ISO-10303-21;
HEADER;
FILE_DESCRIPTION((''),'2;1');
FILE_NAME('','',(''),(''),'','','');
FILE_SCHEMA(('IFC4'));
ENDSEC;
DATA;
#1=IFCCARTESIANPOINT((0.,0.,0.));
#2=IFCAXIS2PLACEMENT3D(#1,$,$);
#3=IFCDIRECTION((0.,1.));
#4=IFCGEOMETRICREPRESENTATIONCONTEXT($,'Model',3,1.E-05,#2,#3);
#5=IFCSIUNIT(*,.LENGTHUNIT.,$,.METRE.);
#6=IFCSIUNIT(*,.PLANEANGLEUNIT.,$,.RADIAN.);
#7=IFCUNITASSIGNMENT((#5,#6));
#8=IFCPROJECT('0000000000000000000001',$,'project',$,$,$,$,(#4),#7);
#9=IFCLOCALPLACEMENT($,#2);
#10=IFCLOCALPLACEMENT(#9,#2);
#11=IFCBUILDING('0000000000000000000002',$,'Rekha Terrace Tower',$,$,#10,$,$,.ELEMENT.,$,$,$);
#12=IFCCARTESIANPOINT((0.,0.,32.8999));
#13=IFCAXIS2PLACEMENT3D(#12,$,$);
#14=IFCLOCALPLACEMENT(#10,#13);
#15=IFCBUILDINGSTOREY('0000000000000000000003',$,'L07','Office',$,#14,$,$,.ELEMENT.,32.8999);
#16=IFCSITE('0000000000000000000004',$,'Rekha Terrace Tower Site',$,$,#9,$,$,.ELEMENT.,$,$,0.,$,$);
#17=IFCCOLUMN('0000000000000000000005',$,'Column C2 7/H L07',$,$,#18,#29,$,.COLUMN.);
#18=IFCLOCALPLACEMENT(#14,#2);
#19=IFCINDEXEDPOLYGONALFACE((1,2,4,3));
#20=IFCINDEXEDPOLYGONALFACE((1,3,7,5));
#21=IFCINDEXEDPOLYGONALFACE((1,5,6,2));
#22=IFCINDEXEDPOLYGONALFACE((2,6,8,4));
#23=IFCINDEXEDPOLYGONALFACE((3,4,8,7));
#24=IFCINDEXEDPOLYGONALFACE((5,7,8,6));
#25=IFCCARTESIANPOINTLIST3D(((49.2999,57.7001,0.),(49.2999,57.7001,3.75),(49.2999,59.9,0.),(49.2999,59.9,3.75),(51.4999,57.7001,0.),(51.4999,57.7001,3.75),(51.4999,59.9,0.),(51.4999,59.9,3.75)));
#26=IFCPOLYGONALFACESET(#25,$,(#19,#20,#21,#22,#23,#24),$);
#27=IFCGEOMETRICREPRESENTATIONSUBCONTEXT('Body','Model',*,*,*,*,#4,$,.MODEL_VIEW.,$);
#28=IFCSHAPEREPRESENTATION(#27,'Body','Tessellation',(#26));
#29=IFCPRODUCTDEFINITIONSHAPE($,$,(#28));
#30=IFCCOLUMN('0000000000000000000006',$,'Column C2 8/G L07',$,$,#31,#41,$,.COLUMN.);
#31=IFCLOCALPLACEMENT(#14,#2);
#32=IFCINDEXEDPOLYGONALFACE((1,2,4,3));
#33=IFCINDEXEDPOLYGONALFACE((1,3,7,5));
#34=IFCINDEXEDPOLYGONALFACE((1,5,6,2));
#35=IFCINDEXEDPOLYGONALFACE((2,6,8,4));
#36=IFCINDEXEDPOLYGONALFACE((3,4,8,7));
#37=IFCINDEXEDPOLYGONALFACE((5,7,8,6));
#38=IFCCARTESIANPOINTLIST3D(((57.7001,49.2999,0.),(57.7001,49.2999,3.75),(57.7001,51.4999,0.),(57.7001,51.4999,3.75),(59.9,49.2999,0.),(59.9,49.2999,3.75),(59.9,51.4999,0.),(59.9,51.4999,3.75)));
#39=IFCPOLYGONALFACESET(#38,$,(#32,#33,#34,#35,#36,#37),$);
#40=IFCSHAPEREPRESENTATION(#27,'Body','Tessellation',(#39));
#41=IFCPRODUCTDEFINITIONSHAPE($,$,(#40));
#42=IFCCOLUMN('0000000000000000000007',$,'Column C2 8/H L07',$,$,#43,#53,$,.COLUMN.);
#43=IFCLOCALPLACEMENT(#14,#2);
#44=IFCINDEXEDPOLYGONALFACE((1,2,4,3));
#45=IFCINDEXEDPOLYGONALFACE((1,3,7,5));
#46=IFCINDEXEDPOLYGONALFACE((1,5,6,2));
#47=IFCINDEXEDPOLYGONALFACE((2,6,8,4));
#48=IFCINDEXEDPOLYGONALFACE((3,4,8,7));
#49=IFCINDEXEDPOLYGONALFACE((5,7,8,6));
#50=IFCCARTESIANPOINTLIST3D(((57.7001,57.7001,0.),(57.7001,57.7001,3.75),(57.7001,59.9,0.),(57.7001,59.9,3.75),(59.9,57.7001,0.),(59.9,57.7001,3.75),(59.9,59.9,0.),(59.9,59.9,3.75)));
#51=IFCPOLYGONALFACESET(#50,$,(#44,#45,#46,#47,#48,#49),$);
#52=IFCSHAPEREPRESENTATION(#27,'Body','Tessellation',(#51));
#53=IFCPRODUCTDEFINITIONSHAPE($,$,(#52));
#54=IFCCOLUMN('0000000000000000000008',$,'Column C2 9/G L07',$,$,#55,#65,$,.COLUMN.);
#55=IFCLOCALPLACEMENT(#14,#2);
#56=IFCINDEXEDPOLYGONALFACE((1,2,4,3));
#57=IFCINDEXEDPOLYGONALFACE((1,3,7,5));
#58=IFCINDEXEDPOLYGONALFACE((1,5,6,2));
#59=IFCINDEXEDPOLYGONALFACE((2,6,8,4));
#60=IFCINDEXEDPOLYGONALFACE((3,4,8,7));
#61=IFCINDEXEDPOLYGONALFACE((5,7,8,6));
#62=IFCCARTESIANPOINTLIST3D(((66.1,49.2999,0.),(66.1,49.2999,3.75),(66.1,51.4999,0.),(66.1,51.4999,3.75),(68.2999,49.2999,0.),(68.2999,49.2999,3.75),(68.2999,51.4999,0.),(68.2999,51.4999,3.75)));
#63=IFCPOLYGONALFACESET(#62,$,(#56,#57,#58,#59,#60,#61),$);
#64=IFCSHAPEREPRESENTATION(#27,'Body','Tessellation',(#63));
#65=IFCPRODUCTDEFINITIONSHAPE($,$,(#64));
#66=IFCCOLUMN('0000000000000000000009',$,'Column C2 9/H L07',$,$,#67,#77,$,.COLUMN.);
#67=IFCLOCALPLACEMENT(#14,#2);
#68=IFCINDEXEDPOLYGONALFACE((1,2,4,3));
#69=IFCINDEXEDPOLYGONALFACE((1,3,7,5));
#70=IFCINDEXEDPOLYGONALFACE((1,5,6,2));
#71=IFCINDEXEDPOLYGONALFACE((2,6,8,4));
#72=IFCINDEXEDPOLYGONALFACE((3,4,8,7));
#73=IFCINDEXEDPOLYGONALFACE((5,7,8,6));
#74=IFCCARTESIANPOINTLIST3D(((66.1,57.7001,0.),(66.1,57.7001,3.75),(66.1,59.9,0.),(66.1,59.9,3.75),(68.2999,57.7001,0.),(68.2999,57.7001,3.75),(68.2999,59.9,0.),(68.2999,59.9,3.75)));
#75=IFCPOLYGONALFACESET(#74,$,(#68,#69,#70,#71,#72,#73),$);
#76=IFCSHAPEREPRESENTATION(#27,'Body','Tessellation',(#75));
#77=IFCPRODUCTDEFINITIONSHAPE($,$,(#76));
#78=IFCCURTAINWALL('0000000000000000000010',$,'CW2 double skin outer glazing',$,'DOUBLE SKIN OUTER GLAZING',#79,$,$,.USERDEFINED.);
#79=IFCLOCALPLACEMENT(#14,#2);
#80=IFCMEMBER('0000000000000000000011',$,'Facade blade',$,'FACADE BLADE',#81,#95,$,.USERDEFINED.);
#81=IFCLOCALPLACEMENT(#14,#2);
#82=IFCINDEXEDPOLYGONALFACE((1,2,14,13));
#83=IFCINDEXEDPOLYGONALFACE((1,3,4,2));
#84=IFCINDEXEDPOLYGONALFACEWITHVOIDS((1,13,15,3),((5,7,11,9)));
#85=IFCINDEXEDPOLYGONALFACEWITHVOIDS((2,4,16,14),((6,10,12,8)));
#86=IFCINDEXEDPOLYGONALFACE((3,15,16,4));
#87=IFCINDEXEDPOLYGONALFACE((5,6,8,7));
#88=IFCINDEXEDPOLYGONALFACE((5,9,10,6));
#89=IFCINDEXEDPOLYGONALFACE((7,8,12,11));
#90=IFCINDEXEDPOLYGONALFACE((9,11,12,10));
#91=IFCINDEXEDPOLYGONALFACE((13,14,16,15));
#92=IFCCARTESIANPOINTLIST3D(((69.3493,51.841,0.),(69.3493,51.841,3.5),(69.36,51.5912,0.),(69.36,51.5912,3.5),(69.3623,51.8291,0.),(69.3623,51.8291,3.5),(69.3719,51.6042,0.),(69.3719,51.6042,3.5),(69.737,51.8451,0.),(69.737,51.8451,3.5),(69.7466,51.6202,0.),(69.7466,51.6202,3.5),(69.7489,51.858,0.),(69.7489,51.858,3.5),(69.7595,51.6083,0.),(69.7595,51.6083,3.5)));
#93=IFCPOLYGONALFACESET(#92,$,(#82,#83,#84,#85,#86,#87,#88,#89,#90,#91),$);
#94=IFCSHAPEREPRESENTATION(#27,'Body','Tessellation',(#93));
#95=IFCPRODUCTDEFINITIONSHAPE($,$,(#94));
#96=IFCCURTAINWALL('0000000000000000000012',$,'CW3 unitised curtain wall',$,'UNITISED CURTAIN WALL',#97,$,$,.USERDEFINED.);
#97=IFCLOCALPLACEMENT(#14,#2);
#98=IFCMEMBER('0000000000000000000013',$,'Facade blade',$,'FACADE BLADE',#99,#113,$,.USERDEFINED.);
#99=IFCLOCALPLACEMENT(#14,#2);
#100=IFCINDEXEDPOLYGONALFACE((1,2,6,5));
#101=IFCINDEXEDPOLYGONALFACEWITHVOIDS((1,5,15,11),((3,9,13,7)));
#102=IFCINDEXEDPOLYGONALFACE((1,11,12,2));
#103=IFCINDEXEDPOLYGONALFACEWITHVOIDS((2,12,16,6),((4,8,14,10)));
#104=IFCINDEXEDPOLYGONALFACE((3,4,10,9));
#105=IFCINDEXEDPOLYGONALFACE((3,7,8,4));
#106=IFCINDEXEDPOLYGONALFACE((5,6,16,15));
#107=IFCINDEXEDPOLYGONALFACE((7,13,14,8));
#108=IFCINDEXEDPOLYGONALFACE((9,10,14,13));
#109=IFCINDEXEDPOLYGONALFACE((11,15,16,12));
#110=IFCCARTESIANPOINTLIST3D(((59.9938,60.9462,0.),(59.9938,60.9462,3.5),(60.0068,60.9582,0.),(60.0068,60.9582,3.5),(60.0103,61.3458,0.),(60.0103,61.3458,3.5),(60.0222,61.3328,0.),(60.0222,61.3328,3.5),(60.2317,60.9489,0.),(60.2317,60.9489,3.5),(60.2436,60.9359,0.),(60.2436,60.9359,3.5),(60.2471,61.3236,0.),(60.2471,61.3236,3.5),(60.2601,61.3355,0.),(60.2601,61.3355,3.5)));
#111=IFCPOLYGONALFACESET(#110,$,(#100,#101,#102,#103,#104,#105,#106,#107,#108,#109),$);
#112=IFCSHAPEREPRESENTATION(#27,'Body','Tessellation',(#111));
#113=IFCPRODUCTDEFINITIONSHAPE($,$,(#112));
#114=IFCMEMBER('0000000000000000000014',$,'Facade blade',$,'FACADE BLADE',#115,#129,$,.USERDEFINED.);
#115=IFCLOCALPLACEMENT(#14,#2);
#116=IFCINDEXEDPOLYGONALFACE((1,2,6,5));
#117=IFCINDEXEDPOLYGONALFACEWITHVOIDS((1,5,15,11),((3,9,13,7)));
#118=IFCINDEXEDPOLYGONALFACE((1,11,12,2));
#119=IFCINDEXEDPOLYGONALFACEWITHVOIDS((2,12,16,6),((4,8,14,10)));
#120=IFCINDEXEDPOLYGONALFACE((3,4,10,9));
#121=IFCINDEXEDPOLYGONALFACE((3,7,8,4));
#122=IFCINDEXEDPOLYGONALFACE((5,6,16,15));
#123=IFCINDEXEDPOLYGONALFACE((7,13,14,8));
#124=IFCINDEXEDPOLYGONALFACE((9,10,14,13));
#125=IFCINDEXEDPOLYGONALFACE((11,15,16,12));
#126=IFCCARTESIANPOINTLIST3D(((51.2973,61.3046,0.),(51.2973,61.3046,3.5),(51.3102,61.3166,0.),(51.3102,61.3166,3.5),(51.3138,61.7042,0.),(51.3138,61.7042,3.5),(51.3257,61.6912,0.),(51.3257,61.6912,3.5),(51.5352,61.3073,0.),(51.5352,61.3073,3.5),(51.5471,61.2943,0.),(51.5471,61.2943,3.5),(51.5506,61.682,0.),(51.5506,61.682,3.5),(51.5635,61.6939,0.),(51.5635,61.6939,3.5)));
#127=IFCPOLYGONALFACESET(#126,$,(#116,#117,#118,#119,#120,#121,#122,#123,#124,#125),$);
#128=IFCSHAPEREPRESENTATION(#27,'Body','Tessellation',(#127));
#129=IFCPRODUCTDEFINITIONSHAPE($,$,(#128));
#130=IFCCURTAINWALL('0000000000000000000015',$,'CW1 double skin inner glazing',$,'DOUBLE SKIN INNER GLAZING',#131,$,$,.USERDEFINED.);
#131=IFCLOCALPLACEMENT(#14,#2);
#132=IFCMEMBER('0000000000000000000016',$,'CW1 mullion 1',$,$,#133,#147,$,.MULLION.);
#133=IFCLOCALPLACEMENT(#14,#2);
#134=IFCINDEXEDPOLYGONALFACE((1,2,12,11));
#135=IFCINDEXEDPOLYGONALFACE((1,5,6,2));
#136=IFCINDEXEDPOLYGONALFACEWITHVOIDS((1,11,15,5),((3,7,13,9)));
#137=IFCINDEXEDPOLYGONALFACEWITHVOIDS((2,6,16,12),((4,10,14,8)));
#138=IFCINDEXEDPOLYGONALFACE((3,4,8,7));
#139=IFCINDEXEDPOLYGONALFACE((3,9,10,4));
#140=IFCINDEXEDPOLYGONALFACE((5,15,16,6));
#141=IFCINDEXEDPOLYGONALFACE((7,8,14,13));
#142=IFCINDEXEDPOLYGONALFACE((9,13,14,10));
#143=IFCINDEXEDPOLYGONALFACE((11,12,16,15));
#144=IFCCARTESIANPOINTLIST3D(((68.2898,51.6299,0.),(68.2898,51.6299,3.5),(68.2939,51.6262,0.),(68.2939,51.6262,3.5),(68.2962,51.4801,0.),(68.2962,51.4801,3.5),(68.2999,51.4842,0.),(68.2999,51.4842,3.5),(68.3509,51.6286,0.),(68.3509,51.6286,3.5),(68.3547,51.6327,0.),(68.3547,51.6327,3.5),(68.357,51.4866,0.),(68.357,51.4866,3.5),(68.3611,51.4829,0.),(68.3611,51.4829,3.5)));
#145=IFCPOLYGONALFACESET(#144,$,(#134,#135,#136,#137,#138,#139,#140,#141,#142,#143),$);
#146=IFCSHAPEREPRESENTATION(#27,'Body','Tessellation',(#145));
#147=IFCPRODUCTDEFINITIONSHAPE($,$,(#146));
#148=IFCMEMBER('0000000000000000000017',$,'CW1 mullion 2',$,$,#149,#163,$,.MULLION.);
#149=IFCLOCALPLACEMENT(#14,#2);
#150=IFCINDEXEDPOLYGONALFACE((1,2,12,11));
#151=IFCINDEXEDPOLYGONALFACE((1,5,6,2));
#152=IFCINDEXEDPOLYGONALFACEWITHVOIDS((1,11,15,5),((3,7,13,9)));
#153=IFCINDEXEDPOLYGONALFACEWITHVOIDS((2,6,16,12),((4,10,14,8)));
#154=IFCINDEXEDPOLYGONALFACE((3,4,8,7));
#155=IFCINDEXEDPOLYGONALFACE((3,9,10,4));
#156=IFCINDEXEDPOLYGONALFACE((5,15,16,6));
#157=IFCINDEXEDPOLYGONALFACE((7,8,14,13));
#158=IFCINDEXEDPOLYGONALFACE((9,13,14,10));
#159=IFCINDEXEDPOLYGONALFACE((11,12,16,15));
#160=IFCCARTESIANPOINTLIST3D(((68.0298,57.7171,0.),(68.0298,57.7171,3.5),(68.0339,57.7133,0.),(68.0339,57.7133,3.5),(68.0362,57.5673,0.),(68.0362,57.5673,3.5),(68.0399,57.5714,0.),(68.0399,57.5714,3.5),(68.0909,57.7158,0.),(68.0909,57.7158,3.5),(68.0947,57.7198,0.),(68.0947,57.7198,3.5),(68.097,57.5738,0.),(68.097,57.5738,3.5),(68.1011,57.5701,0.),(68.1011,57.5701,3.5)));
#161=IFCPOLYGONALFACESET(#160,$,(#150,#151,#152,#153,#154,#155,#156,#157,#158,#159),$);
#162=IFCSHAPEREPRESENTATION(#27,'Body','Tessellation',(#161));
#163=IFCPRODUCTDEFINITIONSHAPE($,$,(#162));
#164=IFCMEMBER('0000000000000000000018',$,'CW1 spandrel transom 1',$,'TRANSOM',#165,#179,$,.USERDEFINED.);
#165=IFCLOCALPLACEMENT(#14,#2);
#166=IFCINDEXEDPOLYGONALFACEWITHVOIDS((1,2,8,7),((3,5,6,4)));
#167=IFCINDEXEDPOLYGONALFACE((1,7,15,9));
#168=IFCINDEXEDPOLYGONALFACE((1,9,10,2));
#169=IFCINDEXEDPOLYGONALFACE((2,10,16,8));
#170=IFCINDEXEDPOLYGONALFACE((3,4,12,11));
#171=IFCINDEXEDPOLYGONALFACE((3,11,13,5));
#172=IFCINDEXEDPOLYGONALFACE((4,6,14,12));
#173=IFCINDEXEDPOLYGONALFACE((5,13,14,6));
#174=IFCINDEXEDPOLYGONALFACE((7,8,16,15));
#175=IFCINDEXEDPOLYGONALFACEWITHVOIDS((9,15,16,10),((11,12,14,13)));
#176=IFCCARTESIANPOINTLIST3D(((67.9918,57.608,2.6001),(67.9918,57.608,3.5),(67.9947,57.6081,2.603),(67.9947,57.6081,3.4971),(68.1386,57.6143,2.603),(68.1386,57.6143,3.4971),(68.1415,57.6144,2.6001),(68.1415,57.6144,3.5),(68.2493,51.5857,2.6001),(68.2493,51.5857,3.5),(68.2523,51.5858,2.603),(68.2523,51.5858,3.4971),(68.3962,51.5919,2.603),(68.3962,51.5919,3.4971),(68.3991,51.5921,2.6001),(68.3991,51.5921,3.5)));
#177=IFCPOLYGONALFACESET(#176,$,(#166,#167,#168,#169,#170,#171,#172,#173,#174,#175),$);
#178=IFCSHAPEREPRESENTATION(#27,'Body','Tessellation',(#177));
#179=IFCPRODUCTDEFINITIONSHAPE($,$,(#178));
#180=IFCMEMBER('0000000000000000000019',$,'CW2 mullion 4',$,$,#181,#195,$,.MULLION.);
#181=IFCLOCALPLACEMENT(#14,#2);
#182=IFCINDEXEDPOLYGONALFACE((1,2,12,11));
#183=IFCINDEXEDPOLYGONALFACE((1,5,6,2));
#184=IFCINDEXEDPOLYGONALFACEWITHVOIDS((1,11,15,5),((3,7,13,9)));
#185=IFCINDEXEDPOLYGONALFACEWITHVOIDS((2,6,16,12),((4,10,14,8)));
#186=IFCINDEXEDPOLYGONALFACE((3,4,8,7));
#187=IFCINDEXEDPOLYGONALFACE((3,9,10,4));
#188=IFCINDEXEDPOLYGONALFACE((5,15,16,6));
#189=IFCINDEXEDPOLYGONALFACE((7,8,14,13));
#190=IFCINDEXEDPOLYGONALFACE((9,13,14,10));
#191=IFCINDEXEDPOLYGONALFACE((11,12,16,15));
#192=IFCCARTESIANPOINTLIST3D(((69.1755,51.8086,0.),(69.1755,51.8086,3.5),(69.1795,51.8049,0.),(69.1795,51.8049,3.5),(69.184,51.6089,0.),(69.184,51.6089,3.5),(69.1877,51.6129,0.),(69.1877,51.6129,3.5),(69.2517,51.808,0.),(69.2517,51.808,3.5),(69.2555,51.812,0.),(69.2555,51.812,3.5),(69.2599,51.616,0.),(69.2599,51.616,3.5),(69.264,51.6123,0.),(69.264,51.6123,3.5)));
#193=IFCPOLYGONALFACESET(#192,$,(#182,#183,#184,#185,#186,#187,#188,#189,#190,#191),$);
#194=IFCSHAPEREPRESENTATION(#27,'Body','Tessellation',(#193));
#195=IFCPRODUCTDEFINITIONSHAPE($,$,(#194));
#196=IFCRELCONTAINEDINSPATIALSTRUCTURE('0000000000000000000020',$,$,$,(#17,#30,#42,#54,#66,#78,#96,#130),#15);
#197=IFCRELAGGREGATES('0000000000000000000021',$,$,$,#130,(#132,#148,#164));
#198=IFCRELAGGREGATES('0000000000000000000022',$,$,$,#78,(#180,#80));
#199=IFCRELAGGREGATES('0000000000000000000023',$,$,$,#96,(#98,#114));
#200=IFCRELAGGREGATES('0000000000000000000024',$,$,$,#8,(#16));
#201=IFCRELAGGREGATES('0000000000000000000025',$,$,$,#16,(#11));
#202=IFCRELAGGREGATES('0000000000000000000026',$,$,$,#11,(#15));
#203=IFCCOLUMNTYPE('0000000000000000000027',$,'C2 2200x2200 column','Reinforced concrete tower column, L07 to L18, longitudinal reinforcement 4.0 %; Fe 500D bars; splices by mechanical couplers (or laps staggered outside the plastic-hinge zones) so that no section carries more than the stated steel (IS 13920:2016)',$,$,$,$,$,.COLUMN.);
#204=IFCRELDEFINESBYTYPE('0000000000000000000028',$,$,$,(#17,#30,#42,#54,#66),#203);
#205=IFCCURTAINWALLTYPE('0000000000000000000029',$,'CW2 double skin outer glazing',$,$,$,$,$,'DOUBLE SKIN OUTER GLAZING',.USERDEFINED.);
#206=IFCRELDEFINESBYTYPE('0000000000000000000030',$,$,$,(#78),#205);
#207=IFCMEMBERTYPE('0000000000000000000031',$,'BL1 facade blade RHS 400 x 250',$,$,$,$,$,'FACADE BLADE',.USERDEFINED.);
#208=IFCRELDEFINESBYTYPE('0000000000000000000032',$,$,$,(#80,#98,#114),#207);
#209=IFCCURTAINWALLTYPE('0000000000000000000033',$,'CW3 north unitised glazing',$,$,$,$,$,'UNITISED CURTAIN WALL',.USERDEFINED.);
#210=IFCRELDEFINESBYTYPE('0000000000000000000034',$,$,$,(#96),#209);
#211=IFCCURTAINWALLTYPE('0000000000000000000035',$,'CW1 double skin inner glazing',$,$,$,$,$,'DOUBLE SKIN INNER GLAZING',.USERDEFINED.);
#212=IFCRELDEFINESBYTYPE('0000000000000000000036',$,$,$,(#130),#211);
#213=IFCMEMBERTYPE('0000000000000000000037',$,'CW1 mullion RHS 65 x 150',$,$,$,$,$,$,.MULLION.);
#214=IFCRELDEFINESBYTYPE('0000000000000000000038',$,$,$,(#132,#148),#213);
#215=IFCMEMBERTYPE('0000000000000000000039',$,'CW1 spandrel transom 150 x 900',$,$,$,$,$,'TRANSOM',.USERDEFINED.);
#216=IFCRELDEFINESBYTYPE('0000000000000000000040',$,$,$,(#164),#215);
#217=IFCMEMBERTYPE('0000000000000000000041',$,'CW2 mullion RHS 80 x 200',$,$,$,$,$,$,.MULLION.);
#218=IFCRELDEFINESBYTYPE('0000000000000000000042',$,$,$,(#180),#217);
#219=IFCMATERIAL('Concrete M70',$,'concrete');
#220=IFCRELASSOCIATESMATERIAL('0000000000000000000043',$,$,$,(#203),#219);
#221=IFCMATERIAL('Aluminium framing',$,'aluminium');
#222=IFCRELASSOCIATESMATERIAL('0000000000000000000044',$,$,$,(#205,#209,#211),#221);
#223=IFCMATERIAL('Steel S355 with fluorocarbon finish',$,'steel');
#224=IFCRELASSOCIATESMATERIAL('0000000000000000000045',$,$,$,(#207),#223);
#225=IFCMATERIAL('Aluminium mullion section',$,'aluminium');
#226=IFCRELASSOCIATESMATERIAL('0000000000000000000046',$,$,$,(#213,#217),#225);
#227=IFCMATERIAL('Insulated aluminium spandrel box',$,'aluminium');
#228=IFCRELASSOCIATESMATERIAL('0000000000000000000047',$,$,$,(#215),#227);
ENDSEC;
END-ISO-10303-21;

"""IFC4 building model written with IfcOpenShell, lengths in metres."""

from ifc_helpers import new_model, si_unit, direction, frame, origin, origin_2d, place, context, subcontext, project, spatial, rectangle, hollow_rectangle, extrude, material, material_profile, profile_set, type_object, element, aggregate, save


model = new_model("IFC4")

# Units and contexts
model_context = context("Model", 3, precision=1e-05, world=origin(), true_north=direction((0.0, 1.0)))
body_context = subcontext(model_context, "Body", "Model", "MODEL_VIEW")
ifc_project = project(units=[si_unit("LENGTHUNIT", "METRE"), si_unit("PLANEANGLEUNIT", "RADIAN")], contexts=[model_context])

# Site, building, storey
site_placement = place(None, origin())
site = spatial("IfcSite", under=ifc_project, at=site_placement, Name="Rekha Terrace Tower Site", CompositionType="ELEMENT", RefElevation=0.0)
building_placement = place(site_placement, origin())
building = spatial("IfcBuilding", under=site, at=building_placement, Name="Rekha Terrace Tower", CompositionType="ELEMENT")
storey_placement = place(building_placement, frame((0.0, 0.0, 32.8999)))
storey = spatial("IfcBuildingStorey", under=building, at=storey_placement, Name="L07", Description="Office", CompositionType="ELEMENT", Elevation=32.8999)

# Columns
ifc_material_1 = material(Name="Concrete M70", Category="concrete")
ifc_material_profile_1 = material_profile(ifc_material_1, rectangle(XDim=2.2, YDim=2.2, at=origin_2d()), Name="RC 2200x2200")
ifc_profile_set_1 = profile_set([ifc_material_profile_1], Name="Concrete M70")
column_type = type_object("IfcColumnType", Name="C2 2200x2200 column", Description="Reinforced concrete tower column, L07 to L18, longitudinal reinforcement 4.0 %; Fe 500D bars; splices by mechanical couplers (or laps staggered outside the plastic-hinge zones) so that no section carries more than the stated steel (IS 13920:2016)", PredefinedType="COLUMN", material=ifc_profile_set_1)
for number, where, z_axis, x_axis, name in (
    (1, (50.3999, 58.8, 0.0), (0.0, 0.0, 1.0), (1.0, 0.0, 0.0), "Column C2 7/H L07"),
    (2, (58.8, 50.3999, 0.0), (0.0, 0.0, 1.0), (1.0, 0.0, 0.0), "Column C2 8/G L07"),
    (3, (58.8, 58.8, 0.0), (0.0, 0.0, 1.0), (1.0, 0.0, 0.0), "Column C2 8/H L07"),
    (4, (67.2, 50.3999, 0.0), (0.0, 0.0, 1.0), (1.0, 0.0, 0.0), "Column C2 9/G L07"),
    (5, (67.2, 58.8, 0.0), (0.0, 0.0, 1.0), (1.0, 0.0, 0.0), "Column C2 9/H L07"),
):
    element("IfcColumn", number, at=place(storey_placement, frame(where, z_axis=z_axis, x_axis=x_axis)), inside=storey, type_object=column_type, Name=name, PredefinedType="COLUMN", context=body_context, shape_type="SweptSolid", body=[
        extrude(rectangle(XDim=2.2, YDim=2.2, at=origin_2d()), origin(), (0.0, 0.0, 1.0), 3.75),
    ])

# Curtain wall, member
ifc_material_2 = material(Name="Aluminium framing", Category="aluminium")
curtain_wall_type_1 = type_object("IfcCurtainWallType", Name="CW2 double skin outer glazing", ElementType="DOUBLE SKIN OUTER GLAZING", PredefinedType="USERDEFINED", material=ifc_material_2)
curtain_wall_1_placement = place(storey_placement, origin())
curtain_wall_1 = element("IfcCurtainWall", 6, at=curtain_wall_1_placement, inside=storey, type_object=curtain_wall_type_1, Name="CW2 double skin outer glazing", ObjectType="DOUBLE SKIN OUTER GLAZING", PredefinedType="USERDEFINED")
ifc_material_3 = material(Name="Steel S355 with fluorocarbon finish", Category="steel")
ifc_material_profile_2 = material_profile(ifc_material_3, hollow_rectangle(XDim=0.25, YDim=0.3999, WallThickness=0.0125, at=origin_2d()), Name="RHS400x250x12.5")
ifc_profile_set_2 = profile_set([ifc_material_profile_2], Name="Steel S355 with fluorocarbon finish")
member_type_1 = type_object("IfcMemberType", Name="BL1 facade blade RHS 400 x 250", ElementType="FACADE BLADE", PredefinedType="USERDEFINED", material=ifc_profile_set_2)
member_1_placement = place(storey_placement, frame((69.5544, 51.7246, 0.0), z_axis=(0.0, 0.0, 1.0), x_axis=(-0.042695, 0.999088, 0.0)))
member_1 = element("IfcMember", 7, at=member_1_placement, type_object=member_type_1, Name="Facade blade", ObjectType="FACADE BLADE", PredefinedType="USERDEFINED", context=body_context, shape_type="SweptSolid", body=[
    extrude(hollow_rectangle(XDim=0.25, YDim=0.3999, WallThickness=0.0125, at=origin_2d()), origin(), (0.0, 0.0, 1.0), 3.5),
])

# Curtain walls, members
curtain_wall_type_2 = type_object("IfcCurtainWallType", Name="CW3 north unitised glazing", ElementType="UNITISED CURTAIN WALL", PredefinedType="USERDEFINED", material=ifc_material_2)
curtain_wall_2_placement = place(storey_placement, origin())
curtain_wall_2 = element("IfcCurtainWall", 8, at=curtain_wall_2_placement, inside=storey, type_object=curtain_wall_type_2, Name="CW3 unitised curtain wall", ObjectType="UNITISED CURTAIN WALL", PredefinedType="USERDEFINED")
member_2_placement = place(storey_placement, frame((60.127, 61.1409, 0.0), z_axis=(0.0, 0.0, 1.0), x_axis=(-0.999152, 0.041175, 0.0)))
member_2 = element("IfcMember", 9, at=member_2_placement, type_object=member_type_1, Name="Facade blade", ObjectType="FACADE BLADE", PredefinedType="USERDEFINED", context=body_context, shape_type="SweptSolid", body=[
    extrude(hollow_rectangle(XDim=0.25, YDim=0.3999, WallThickness=0.0125, at=origin_2d()), origin(), (0.0, 0.0, 1.0), 3.5),
])
member_3_placement = place(storey_placement, frame((51.4304, 61.4993, 0.0), z_axis=(0.0, 0.0, 1.0), x_axis=(-0.999152, 0.041175, 0.0)))
member_3 = element("IfcMember", 10, at=member_3_placement, type_object=member_type_1, Name="Facade blade", ObjectType="FACADE BLADE", PredefinedType="USERDEFINED", context=body_context, shape_type="SweptSolid", body=[
    extrude(hollow_rectangle(XDim=0.25, YDim=0.3999, WallThickness=0.0125, at=origin_2d()), origin(), (0.0, 0.0, 1.0), 3.5),
])
curtain_wall_type_3 = type_object("IfcCurtainWallType", Name="CW1 double skin inner glazing", ElementType="DOUBLE SKIN INNER GLAZING", PredefinedType="USERDEFINED", material=ifc_material_2)
curtain_wall_3_placement = place(storey_placement, origin())
curtain_wall_3 = element("IfcCurtainWall", 11, at=curtain_wall_3_placement, inside=storey, type_object=curtain_wall_type_3, Name="CW1 double skin inner glazing", ObjectType="DOUBLE SKIN INNER GLAZING", PredefinedType="USERDEFINED")
ifc_material_4 = material(Name="Aluminium mullion section", Category="aluminium")
ifc_material_profile_3 = material_profile(ifc_material_4, hollow_rectangle(XDim=0.0649, YDim=0.1499, WallThickness=0.0039, at=origin_2d()), Name="AL RHS 65x150")
ifc_profile_set_3 = profile_set([ifc_material_profile_3], Name="Aluminium mullion section")
member_type_2 = type_object("IfcMemberType", Name="CW1 mullion RHS 65 x 150", PredefinedType="MULLION", material=ifc_profile_set_3)
member_4_placement = place(storey_placement, frame((68.3254, 51.5564, 0.0), z_axis=(0.0, 0.0, 1.0), x_axis=(-0.999088, -0.042696, 0.0)))
member_4 = element("IfcMember", 12, at=member_4_placement, type_object=member_type_2, Name="CW1 mullion 1", PredefinedType="MULLION", context=body_context, shape_type="SweptSolid", body=[
    extrude(hollow_rectangle(XDim=0.0649, YDim=0.1499, WallThickness=0.0039, at=origin_2d()), origin(), (0.0, 0.0, 1.0), 3.5),
])
member_5_placement = place(storey_placement, frame((68.0654, 57.6436, 0.0), z_axis=(0.0, 0.0, 1.0), x_axis=(-0.999088, -0.042696, 0.0)))
member_5 = element("IfcMember", 13, at=member_5_placement, type_object=member_type_2, Name="CW1 mullion 2", PredefinedType="MULLION", context=body_context, shape_type="SweptSolid", body=[
    extrude(hollow_rectangle(XDim=0.0649, YDim=0.1499, WallThickness=0.0039, at=origin_2d()), origin(), (0.0, 0.0, 1.0), 3.5),
])
ifc_material_5 = material(Name="Insulated aluminium spandrel box", Category="aluminium")
ifc_material_profile_4 = material_profile(ifc_material_5, hollow_rectangle(XDim=0.1499, YDim=0.8999, WallThickness=0.0029, at=origin_2d()), Name="AL SPANDREL BOX 150x900")
ifc_profile_set_4 = profile_set([ifc_material_profile_4], Name="Insulated aluminium spandrel box")
member_type_3 = type_object("IfcMemberType", Name="CW1 spandrel transom 150 x 900", ElementType="TRANSOM", PredefinedType="USERDEFINED", material=ifc_profile_set_4)
member_6_placement = place(storey_placement, frame((68.3242, 51.5889, 3.05), z_axis=(-0.042731, 0.999087, 0.0), x_axis=(-0.999087, -0.042731, 0.0)))
member_6 = element("IfcMember", 14, at=member_6_placement, type_object=member_type_3, Name="CW1 spandrel transom 1", ObjectType="TRANSOM", PredefinedType="USERDEFINED", context=body_context, shape_type="SweptSolid", body=[
    extrude(hollow_rectangle(XDim=0.1499, YDim=0.8999, WallThickness=0.0029, at=origin_2d()), origin(), (0.0, 0.0, 1.0), 6.0278),
])

# Member
ifc_material_profile_5 = material_profile(ifc_material_4, hollow_rectangle(XDim=0.0801, YDim=0.2, WallThickness=0.0039, at=origin_2d()), Name="AL RHS 80x200")
ifc_profile_set_5 = profile_set([ifc_material_profile_5], Name="Aluminium mullion section")
member_type_4 = type_object("IfcMemberType", Name="CW2 mullion RHS 80 x 200", PredefinedType="MULLION", material=ifc_profile_set_5)
member_7_placement = place(storey_placement, frame((69.2197, 51.7104, 0.0), z_axis=(0.0, 0.0, 1.0), x_axis=(-0.999088, -0.042696, 0.0)))
member_7 = element("IfcMember", 15, at=member_7_placement, type_object=member_type_4, Name="CW2 mullion 4", PredefinedType="MULLION", context=body_context, shape_type="SweptSolid", body=[
    extrude(hollow_rectangle(XDim=0.0801, YDim=0.2, WallThickness=0.0039, at=origin_2d()), origin(), (0.0, 0.0, 1.0), 3.5),
])

aggregate(curtain_wall_3, [member_4, member_5, member_6])
aggregate(curtain_wall_1, [member_7, member_1])
aggregate(curtain_wall_2, [member_2, member_3])

save(model, "model.ifc")
